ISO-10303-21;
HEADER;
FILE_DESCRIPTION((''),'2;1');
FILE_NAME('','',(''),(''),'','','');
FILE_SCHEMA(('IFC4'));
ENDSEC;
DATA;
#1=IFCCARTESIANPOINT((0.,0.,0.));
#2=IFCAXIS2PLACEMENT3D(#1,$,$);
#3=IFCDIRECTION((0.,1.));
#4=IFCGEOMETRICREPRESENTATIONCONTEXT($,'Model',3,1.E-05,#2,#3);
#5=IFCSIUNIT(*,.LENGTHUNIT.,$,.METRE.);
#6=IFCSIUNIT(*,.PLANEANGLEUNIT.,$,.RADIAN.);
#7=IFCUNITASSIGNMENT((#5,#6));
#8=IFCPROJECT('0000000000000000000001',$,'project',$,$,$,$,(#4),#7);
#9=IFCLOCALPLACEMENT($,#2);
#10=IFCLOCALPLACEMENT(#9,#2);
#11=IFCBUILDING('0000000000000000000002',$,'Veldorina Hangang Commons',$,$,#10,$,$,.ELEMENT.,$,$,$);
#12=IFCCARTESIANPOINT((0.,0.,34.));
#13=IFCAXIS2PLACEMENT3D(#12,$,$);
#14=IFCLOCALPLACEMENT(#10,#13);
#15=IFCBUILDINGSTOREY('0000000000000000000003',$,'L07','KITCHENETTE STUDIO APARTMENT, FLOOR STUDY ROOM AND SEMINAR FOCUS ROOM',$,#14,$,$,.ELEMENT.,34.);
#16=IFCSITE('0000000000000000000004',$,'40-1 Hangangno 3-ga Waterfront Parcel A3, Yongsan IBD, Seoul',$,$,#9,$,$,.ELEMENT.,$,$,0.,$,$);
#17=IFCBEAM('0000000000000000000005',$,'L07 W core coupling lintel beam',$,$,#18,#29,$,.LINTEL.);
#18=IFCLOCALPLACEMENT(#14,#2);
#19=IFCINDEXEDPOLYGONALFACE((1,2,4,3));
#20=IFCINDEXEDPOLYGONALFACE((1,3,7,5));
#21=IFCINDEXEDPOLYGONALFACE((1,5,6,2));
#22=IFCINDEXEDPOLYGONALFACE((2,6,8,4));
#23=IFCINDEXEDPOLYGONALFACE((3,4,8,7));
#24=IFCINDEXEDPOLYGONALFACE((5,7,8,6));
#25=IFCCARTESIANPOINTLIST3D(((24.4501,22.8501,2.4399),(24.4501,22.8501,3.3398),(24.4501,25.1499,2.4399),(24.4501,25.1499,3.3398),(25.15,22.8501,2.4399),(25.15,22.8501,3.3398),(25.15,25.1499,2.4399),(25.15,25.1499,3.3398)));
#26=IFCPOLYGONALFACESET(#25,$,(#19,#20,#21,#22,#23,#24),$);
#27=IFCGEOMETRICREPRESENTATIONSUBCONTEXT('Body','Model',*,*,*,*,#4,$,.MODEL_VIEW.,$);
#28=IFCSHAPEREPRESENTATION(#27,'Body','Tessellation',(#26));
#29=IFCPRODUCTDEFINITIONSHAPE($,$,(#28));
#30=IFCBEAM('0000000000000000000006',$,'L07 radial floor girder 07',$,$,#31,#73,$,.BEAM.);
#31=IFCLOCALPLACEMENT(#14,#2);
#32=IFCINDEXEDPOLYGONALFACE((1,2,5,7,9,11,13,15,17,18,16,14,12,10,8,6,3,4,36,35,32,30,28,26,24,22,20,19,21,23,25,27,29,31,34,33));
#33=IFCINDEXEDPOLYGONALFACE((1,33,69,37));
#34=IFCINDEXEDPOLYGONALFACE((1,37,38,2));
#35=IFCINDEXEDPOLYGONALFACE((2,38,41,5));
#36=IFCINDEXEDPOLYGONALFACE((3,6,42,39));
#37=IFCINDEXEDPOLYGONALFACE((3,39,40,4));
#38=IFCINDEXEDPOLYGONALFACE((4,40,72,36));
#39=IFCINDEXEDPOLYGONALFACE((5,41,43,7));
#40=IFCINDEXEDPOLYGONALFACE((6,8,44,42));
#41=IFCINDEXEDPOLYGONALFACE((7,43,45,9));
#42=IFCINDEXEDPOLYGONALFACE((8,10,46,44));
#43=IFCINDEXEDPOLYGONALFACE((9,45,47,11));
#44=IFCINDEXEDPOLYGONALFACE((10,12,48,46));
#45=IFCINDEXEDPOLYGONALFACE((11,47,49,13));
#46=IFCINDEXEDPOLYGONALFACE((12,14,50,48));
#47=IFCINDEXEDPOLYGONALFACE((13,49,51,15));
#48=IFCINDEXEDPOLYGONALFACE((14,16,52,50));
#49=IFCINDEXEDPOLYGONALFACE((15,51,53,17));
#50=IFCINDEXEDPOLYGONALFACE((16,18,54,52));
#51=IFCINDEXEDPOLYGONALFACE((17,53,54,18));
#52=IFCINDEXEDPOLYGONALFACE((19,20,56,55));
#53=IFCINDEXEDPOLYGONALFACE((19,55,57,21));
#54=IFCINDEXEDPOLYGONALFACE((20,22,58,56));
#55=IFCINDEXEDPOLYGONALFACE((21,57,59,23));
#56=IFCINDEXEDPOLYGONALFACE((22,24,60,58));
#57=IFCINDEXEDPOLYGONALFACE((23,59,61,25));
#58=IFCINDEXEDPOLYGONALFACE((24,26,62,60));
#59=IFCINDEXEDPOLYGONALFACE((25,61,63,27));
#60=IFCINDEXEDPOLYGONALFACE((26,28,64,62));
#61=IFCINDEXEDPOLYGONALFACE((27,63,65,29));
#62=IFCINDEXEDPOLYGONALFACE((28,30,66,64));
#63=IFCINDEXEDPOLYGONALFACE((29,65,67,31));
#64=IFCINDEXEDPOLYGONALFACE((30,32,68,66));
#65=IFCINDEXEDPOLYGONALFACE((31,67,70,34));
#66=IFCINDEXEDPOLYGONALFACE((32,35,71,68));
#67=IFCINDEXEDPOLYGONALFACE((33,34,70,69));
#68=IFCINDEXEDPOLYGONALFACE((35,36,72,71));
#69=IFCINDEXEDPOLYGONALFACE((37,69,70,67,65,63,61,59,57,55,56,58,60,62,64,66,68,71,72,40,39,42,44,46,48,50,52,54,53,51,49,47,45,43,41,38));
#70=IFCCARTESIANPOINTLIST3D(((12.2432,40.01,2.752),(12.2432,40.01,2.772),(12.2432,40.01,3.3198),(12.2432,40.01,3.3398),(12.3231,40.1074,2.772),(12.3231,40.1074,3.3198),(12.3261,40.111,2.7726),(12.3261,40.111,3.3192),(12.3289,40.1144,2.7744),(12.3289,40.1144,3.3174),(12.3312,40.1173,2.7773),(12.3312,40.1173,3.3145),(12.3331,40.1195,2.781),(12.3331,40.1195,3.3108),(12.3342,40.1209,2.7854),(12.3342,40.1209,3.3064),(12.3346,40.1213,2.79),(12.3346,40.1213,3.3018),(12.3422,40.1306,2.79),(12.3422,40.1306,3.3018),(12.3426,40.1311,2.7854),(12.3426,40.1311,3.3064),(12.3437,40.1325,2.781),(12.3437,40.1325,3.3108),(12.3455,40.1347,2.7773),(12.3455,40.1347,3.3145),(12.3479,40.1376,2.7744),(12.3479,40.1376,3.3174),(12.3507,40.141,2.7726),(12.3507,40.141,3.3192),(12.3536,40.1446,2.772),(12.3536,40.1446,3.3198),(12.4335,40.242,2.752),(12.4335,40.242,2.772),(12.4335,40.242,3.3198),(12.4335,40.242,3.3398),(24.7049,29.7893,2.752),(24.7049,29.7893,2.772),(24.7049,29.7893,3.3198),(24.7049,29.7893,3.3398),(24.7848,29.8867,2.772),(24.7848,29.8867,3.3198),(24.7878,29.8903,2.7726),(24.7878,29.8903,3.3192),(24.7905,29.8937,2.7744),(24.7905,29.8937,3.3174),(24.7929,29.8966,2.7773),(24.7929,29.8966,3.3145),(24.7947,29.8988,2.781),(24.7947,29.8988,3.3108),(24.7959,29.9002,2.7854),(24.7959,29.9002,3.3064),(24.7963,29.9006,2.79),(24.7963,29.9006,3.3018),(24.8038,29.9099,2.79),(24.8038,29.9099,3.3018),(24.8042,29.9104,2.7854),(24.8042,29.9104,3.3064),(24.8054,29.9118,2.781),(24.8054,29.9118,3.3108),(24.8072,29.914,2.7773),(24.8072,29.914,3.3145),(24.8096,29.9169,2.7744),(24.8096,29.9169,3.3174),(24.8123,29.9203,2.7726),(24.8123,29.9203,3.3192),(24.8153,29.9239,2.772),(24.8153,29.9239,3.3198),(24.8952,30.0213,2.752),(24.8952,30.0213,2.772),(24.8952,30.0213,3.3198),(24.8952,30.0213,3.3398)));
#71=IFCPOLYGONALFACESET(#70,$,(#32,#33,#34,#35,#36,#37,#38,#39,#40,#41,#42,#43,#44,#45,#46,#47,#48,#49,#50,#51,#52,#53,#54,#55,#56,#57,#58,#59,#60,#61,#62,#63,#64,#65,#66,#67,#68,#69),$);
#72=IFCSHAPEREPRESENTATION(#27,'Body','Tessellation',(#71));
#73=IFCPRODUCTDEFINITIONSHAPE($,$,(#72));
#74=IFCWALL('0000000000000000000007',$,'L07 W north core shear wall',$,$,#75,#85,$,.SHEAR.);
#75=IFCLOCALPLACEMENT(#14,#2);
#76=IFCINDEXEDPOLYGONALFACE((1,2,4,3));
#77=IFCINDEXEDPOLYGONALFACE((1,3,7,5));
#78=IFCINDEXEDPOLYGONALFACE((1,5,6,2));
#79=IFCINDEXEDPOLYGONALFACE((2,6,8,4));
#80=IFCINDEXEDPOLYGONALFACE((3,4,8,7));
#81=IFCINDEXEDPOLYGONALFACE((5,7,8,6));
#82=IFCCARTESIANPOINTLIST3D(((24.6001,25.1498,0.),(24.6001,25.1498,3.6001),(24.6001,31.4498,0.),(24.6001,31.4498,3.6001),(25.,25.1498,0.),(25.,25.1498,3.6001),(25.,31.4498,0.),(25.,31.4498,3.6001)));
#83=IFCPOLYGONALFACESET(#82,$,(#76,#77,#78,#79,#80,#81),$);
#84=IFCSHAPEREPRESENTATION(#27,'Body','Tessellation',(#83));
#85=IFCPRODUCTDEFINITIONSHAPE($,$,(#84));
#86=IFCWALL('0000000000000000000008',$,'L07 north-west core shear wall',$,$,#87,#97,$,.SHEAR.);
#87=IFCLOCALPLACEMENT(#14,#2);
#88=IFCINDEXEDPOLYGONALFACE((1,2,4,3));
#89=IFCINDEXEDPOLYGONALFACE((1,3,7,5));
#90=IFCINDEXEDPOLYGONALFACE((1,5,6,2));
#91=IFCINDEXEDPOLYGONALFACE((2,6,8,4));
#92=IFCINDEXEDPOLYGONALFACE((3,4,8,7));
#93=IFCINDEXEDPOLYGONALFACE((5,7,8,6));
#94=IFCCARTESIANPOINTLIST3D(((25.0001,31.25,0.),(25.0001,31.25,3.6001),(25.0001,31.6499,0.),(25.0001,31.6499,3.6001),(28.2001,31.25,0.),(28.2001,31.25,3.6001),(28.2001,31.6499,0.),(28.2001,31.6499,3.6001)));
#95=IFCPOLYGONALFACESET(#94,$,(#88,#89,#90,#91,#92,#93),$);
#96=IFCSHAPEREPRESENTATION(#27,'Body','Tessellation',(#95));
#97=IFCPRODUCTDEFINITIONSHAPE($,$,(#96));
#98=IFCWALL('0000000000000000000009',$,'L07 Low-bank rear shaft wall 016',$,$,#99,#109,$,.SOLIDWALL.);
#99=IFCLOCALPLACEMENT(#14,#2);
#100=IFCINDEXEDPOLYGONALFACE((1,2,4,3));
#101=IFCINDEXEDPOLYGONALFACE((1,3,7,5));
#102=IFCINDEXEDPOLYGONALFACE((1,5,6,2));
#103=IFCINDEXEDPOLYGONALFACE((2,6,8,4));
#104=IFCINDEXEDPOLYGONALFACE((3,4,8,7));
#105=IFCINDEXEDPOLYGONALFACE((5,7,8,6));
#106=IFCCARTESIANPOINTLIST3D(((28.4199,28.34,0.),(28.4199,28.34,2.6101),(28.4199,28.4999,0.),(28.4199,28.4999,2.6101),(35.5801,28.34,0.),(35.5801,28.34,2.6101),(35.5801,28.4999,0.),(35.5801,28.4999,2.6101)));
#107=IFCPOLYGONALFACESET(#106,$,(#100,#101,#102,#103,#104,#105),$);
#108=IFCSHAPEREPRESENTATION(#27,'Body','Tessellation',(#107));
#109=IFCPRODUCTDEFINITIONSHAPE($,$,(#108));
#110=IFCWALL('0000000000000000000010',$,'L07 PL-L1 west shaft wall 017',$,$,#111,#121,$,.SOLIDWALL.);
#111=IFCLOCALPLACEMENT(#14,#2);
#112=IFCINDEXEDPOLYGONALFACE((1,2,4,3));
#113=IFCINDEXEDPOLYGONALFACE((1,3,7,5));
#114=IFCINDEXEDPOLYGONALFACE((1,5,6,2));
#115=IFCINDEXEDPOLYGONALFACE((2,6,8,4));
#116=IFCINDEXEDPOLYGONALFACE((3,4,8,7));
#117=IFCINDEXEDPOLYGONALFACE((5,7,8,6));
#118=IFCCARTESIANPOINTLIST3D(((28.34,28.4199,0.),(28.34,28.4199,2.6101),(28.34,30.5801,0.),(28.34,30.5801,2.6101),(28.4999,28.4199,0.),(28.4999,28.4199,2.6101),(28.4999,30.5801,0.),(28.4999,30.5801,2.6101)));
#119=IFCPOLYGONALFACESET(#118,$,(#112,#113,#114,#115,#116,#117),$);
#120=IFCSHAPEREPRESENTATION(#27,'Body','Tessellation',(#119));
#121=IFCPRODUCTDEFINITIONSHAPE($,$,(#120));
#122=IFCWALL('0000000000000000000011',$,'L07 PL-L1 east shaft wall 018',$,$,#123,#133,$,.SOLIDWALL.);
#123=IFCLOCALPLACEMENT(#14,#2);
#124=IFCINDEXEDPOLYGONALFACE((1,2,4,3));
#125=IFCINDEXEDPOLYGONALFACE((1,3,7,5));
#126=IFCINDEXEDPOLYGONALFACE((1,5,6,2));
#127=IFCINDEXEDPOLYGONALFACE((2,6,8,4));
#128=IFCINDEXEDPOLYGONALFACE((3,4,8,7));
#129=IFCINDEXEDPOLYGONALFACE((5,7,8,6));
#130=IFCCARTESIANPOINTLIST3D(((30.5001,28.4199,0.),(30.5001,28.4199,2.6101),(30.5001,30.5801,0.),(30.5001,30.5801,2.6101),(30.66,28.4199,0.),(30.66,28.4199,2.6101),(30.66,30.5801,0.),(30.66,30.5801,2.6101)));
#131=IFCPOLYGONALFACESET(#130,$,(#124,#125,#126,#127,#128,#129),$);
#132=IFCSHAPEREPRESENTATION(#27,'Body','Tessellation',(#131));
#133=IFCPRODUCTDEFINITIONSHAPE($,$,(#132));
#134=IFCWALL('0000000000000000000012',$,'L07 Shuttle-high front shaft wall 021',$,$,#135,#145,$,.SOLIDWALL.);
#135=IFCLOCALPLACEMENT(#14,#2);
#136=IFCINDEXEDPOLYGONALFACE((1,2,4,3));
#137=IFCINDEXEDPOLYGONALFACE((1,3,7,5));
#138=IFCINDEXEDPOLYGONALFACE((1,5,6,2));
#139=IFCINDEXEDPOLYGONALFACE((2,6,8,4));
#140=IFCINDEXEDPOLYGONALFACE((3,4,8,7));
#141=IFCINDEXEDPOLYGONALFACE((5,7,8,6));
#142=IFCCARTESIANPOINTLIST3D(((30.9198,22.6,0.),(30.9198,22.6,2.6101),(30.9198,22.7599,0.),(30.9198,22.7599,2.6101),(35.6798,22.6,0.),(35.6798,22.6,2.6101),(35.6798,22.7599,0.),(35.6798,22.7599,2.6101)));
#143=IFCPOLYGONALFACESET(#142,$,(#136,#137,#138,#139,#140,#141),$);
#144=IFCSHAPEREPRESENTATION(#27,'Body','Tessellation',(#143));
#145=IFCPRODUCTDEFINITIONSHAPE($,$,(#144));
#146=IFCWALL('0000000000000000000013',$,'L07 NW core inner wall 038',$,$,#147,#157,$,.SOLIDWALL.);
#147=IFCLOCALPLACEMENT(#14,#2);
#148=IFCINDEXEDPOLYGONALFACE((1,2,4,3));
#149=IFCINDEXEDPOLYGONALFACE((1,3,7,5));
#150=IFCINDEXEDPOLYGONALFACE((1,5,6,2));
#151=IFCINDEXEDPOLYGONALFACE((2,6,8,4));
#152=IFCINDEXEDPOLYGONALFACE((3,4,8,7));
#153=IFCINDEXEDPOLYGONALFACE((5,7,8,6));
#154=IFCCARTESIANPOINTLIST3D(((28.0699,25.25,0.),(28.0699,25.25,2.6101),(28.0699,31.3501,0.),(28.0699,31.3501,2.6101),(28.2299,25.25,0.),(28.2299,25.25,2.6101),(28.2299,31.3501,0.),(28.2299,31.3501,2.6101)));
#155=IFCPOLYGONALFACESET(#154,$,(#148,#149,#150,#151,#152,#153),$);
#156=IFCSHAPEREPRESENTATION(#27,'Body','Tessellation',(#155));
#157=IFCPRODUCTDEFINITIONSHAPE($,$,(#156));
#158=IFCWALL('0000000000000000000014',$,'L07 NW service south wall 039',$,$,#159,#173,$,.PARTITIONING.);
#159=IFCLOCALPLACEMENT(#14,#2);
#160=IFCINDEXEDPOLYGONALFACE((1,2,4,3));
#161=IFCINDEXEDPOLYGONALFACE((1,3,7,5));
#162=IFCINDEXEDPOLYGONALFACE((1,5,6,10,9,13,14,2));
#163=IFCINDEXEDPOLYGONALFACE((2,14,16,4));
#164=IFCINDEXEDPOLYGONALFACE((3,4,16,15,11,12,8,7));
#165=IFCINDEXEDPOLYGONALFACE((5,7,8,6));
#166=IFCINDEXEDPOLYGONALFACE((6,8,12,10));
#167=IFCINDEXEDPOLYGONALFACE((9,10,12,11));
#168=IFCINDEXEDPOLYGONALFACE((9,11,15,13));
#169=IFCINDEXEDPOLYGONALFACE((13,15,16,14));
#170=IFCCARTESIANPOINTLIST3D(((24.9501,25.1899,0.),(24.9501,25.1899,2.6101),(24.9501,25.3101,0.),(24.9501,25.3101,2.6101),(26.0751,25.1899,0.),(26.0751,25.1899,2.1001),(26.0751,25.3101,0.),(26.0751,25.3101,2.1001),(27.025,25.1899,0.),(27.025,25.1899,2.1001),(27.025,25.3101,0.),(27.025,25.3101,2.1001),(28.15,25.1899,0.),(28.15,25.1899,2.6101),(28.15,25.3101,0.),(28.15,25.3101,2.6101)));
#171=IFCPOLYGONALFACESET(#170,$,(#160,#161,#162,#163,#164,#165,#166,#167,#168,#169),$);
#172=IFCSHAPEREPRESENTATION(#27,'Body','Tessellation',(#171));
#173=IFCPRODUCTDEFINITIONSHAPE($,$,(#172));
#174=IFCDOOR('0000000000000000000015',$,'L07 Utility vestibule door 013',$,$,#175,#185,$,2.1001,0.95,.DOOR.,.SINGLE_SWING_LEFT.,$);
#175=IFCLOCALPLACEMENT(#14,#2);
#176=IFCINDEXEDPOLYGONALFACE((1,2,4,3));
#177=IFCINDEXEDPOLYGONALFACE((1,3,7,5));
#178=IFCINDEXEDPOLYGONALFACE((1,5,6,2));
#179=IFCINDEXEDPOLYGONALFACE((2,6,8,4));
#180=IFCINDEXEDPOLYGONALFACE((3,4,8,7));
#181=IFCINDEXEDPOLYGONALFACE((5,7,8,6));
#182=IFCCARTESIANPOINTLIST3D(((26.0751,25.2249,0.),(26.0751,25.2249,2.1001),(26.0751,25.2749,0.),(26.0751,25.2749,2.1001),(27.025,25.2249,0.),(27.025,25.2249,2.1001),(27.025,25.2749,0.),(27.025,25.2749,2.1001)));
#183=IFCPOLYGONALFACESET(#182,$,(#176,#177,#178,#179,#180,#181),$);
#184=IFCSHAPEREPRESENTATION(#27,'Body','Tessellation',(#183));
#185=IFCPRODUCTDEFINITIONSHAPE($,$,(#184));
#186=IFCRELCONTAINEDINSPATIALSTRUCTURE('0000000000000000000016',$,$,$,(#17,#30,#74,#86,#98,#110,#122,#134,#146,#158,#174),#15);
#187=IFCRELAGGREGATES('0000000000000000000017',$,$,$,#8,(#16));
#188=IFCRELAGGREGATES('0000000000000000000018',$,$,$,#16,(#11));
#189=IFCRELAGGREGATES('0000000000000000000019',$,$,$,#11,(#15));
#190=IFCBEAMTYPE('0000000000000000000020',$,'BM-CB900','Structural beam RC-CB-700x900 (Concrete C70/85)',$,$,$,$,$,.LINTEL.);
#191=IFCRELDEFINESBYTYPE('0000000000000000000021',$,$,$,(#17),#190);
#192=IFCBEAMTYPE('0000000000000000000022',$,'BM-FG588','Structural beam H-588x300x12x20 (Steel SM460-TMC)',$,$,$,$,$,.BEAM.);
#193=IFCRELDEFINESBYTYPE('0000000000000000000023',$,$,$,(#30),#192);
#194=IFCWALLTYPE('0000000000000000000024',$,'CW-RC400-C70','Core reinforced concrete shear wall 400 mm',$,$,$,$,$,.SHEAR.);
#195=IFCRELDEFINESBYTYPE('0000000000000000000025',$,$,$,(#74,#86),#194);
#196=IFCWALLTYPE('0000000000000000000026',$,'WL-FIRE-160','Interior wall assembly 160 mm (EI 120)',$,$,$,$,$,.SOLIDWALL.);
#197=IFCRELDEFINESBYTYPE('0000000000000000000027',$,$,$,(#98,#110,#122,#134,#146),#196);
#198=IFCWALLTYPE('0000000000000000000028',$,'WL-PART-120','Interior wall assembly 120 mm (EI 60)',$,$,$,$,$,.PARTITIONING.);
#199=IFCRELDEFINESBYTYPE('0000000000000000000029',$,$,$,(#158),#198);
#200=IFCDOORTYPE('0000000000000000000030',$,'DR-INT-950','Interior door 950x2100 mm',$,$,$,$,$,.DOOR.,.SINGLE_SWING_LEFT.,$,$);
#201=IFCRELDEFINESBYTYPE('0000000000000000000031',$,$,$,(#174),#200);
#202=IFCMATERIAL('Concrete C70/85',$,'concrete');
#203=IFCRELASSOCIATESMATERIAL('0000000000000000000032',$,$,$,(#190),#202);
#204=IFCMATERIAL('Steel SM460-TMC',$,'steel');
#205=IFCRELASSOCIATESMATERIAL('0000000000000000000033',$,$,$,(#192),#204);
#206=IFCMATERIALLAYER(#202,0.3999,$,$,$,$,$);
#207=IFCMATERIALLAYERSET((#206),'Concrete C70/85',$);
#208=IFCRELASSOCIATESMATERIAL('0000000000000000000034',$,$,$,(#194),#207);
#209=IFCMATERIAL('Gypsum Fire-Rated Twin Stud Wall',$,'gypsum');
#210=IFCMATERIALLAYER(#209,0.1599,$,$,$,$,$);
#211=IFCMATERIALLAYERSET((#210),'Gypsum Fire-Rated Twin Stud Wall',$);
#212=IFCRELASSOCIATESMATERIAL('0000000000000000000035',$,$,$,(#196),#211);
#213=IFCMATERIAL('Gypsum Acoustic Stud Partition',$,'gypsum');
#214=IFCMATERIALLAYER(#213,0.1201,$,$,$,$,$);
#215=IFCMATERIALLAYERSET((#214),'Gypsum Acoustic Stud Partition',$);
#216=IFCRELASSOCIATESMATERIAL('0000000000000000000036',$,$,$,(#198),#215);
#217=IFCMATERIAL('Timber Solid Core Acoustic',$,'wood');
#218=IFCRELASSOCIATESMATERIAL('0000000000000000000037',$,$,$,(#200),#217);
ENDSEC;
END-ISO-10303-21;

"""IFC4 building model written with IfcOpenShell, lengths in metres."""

from ifc_helpers import new_model, si_unit, direction, frame, frame_2d, origin, origin_2d, place, context, subcontext, project, spatial, rectangle, i_section, extrude, material, layer, layer_set, material_profile, profile_set, type_object, element, fill, save


model = new_model("IFC4")

# Units and contexts
model_context = context("Model", 3, precision=1e-05, world=origin(), true_north=direction((0.0, 1.0)))
body_context = subcontext(model_context, "Body", "Model", "MODEL_VIEW")
ifc_project = project(units=[si_unit("LENGTHUNIT", "METRE"), si_unit("PLANEANGLEUNIT", "RADIAN")], contexts=[model_context])

# Site, building, storey
site_placement = place(None, origin())
site = spatial("IfcSite", under=ifc_project, at=site_placement, Name="40-1 Hangangno 3-ga Waterfront Parcel A3, Yongsan IBD, Seoul", CompositionType="ELEMENT", RefElevation=0.0)
building_placement = place(site_placement, origin())
building = spatial("IfcBuilding", under=site, at=building_placement, Name="Veldorina Hangang Commons", CompositionType="ELEMENT")
storey_placement = place(building_placement, frame((0.0, 0.0, 34.0)))
storey = spatial("IfcBuildingStorey", under=building, at=storey_placement, Name="L07", Description="KITCHENETTE STUDIO APARTMENT, FLOOR STUDY ROOM AND SEMINAR FOCUS ROOM", CompositionType="ELEMENT", Elevation=34.0)

# Beams
ifc_material_1 = material(Name="Concrete C70/85", Category="concrete")
ifc_material_profile_1 = material_profile(ifc_material_1, rectangle(XDim=0.7, YDim=0.8999, at=origin_2d()), Name="RC-CB-700x900")
ifc_profile_set_1 = profile_set([ifc_material_profile_1], Name="Concrete C70/85")
beam_type_1 = type_object("IfcBeamType", Name="BM-CB900", Description="Structural beam RC-CB-700x900 (Concrete C70/85)", PredefinedType="LINTEL", material=ifc_profile_set_1)
beam_1_placement = place(storey_placement, frame((24.8, 22.8501, 2.8899), z_axis=(0.0, 1.0, 0.0), x_axis=(-1.0, 0.0, 0.0)))
element("IfcBeam", 1, at=beam_1_placement, inside=storey, type_object=beam_type_1, Name="L07 W core coupling lintel beam", PredefinedType="LINTEL", context=body_context, shape_type="SweptSolid", body=[
    extrude(rectangle(XDim=0.7, YDim=0.8999, at=origin_2d()), origin(), (0.0, 0.0, 1.0), 2.2998),
])
ifc_material_2 = material(Name="Steel SM460-TMC", Category="steel")
ifc_material_profile_2 = material_profile(ifc_material_2, i_section(OverallWidth=0.3, OverallDepth=0.5879, WebThickness=0.012, FlangeThickness=0.02, FilletRadius=0.0181, at=origin_2d()), Name="H-588x300x12x20")
ifc_profile_set_2 = profile_set([ifc_material_profile_2], Name="Steel SM460-TMC")
beam_type_2 = type_object("IfcBeamType", Name="BM-FG588", Description="Structural beam H-588x300x12x20 (Steel SM460-TMC)", PredefinedType="BEAM", material=ifc_profile_set_2)
beam_2_placement = place(storey_placement, frame((24.8, 29.9053, 3.0459), z_axis=(-0.773203, 0.634159, 0.0), x_axis=(-0.634159, -0.773203, 0.0)))
element("IfcBeam", 2, at=beam_2_placement, inside=storey, type_object=beam_type_2, Name="L07 radial floor girder 07", PredefinedType="BEAM", context=body_context, shape_type="SweptSolid", body=[
    extrude(i_section(OverallWidth=0.3, OverallDepth=0.5879, WebThickness=0.012, FlangeThickness=0.02, FilletRadius=0.0181, at=origin_2d()), origin(), (0.0, 0.0, 1.0), 16.1169),
])

# Walls
ifc_layer_1 = layer(ifc_material_1, 0.3999)
ifc_layer_set_1 = layer_set([ifc_layer_1], Name="Concrete C70/85")
wall_type_1 = type_object("IfcWallType", Name="CW-RC400-C70", Description="Core reinforced concrete shear wall 400 mm", PredefinedType="SHEAR", material=ifc_layer_set_1)
wall_1_placement = place(storey_placement, frame((24.8, 25.1499, 0.0), z_axis=(0.0, 0.0, 1.0), x_axis=(0.0, 1.0, 0.0)))
element("IfcWall", 3, at=wall_1_placement, inside=storey, type_object=wall_type_1, Name="L07 W north core shear wall", PredefinedType="SHEAR", context=body_context, shape_type="SweptSolid", body=[
    extrude(rectangle(XDim=6.3, YDim=0.3999, at=frame_2d((3.1499, 0.0))), origin(), (0.0, 0.0, 1.0), 3.6001),
])
wall_2_placement = place(storey_placement, frame((25.0, 31.45, 0.0), z_axis=(0.0, 0.0, 1.0), x_axis=(1.0, 0.0, 0.0)))
element("IfcWall", 4, at=wall_2_placement, inside=storey, type_object=wall_type_1, Name="L07 north-west core shear wall", PredefinedType="SHEAR", context=body_context, shape_type="SweptSolid", body=[
    extrude(rectangle(XDim=3.2, YDim=0.3999, at=frame_2d((1.6001, 0.0))), origin(), (0.0, 0.0, 1.0), 3.6001),
])

# Shared definitions
ifc_material_3 = material(Name="Gypsum Fire-Rated Twin Stud Wall", Category="gypsum")
ifc_layer_2 = layer(ifc_material_3, 0.1599)
ifc_layer_set_2 = layer_set([ifc_layer_2], Name="Gypsum Fire-Rated Twin Stud Wall")
wall_type_2 = type_object("IfcWallType", Name="WL-FIRE-160", Description="Interior wall assembly 160 mm (EI 120)", PredefinedType="SOLIDWALL", material=ifc_layer_set_2)

# Walls
wall_3_placement = place(storey_placement, frame((28.4199, 28.4199, 0.0), z_axis=(0.0, 0.0, 1.0), x_axis=(1.0, 0.0, 0.0)))
element("IfcWall", 5, at=wall_3_placement, inside=storey, type_object=wall_type_2, Name="L07 Low-bank rear shaft wall 016", PredefinedType="SOLIDWALL", context=body_context, shape_type="SweptSolid", body=[
    extrude(rectangle(XDim=7.1602, YDim=0.1599, at=frame_2d((3.5801, 0.0))), origin(), (0.0, 0.0, 1.0), 2.6101),
])
for number, where, z_axis, x_axis, name in (
    (6, (28.4199, 28.4199, 0.0), (0.0, 0.0, 1.0), (0.0, 1.0, 0.0), "L07 PL-L1 west shaft wall 017"),
    (7, (30.5801, 28.4199, 0.0), (0.0, 0.0, 1.0), (0.0, 1.0, 0.0), "L07 PL-L1 east shaft wall 018"),
):
    element("IfcWall", number, at=place(storey_placement, frame(where, z_axis=z_axis, x_axis=x_axis)), inside=storey, type_object=wall_type_2, Name=name, PredefinedType="SOLIDWALL", context=body_context, shape_type="SweptSolid", body=[
        extrude(rectangle(XDim=2.1602, YDim=0.1599, at=frame_2d((1.0801, 0.0))), origin(), (0.0, 0.0, 1.0), 2.6101),
    ])
wall_4_placement = place(storey_placement, frame((30.9199, 22.6799, 0.0), z_axis=(0.0, 0.0, 1.0), x_axis=(1.0, 0.0, 0.0)))
element("IfcWall", 8, at=wall_4_placement, inside=storey, type_object=wall_type_2, Name="L07 Shuttle-high front shaft wall 021", PredefinedType="SOLIDWALL", context=body_context, shape_type="SweptSolid", body=[
    extrude(rectangle(XDim=4.76, YDim=0.1599, at=frame_2d((2.3799, 0.0))), origin(), (0.0, 0.0, 1.0), 2.6101),
])
wall_5_placement = place(storey_placement, frame((28.1499, 25.25, 0.0), z_axis=(0.0, 0.0, 1.0), x_axis=(0.0, 1.0, 0.0)))
element("IfcWall", 9, at=wall_5_placement, inside=storey, type_object=wall_type_2, Name="L07 NW core inner wall 038", PredefinedType="SOLIDWALL", context=body_context, shape_type="SweptSolid", body=[
    extrude(rectangle(XDim=6.1001, YDim=0.1599, at=frame_2d((3.05, 0.0))), origin(), (0.0, 0.0, 1.0), 2.6101),
])

# Wall, opening, door
ifc_material_4 = material(Name="Gypsum Acoustic Stud Partition", Category="gypsum")
ifc_layer_3 = layer(ifc_material_4, 0.1201)
ifc_layer_set_3 = layer_set([ifc_layer_3], Name="Gypsum Acoustic Stud Partition")
wall_type_3 = type_object("IfcWallType", Name="WL-PART-120", Description="Interior wall assembly 120 mm (EI 60)", PredefinedType="PARTITIONING", material=ifc_layer_set_3)
wall_6_placement = place(storey_placement, frame((24.95, 25.25, 0.0), z_axis=(0.0, 0.0, 1.0), x_axis=(1.0, 0.0, 0.0)))
wall_6 = element("IfcWall", 10, at=wall_6_placement, inside=storey, type_object=wall_type_3, Name="L07 NW service south wall 039", PredefinedType="PARTITIONING", context=body_context, shape_type="SweptSolid", body=[
    extrude(rectangle(XDim=3.2, YDim=0.1201, at=frame_2d((1.6001, 0.0))), origin(), (0.0, 0.0, 1.0), 2.6101),
])
opening_1_placement = place(wall_6_placement, frame((1.125, 0.0, 0.0)))
opening_1 = element("IfcOpeningElement", 11, at=opening_1_placement, cuts=wall_6, PredefinedType="OPENING", context=body_context, shape_type="SweptSolid", body=[
    extrude(rectangle(XDim=0.95, YDim=2.1001, at=frame_2d((0.4751, 1.05))), frame((0.0, 0.0701, 0.0), z_axis=(0.0, -1.0, 0.0), x_axis=(1.0, 0.0, 0.0)), (0.0, 0.0, 1.0), 0.1401),
])
ifc_material_5 = material(Name="Timber Solid Core Acoustic", Category="wood")
door_type_1 = type_object("IfcDoorType", Name="DR-INT-950", Description="Interior door 950x2100 mm", OperationType="SINGLE_SWING_LEFT", PredefinedType="DOOR", material=ifc_material_5)
door_1_placement = place(opening_1_placement, origin())
door_1 = element("IfcDoor", 12, at=door_1_placement, inside=storey, type_object=door_type_1, Name="L07 Utility vestibule door 013", OperationType="SINGLE_SWING_LEFT", OverallHeight=2.1001, OverallWidth=0.95, PredefinedType="DOOR", context=body_context, shape_type="SweptSolid", body=[
    extrude(rectangle(XDim=0.95, YDim=2.1001, at=frame_2d((0.4751, 1.05))), frame((0.0, 0.0249, 0.0), z_axis=(0.0, -1.0, 0.0), x_axis=(1.0, 0.0, 0.0)), (0.0, 0.0, 1.0), 0.05),
])
fill(opening_1, door_1)

save(model, "model.ifc")
